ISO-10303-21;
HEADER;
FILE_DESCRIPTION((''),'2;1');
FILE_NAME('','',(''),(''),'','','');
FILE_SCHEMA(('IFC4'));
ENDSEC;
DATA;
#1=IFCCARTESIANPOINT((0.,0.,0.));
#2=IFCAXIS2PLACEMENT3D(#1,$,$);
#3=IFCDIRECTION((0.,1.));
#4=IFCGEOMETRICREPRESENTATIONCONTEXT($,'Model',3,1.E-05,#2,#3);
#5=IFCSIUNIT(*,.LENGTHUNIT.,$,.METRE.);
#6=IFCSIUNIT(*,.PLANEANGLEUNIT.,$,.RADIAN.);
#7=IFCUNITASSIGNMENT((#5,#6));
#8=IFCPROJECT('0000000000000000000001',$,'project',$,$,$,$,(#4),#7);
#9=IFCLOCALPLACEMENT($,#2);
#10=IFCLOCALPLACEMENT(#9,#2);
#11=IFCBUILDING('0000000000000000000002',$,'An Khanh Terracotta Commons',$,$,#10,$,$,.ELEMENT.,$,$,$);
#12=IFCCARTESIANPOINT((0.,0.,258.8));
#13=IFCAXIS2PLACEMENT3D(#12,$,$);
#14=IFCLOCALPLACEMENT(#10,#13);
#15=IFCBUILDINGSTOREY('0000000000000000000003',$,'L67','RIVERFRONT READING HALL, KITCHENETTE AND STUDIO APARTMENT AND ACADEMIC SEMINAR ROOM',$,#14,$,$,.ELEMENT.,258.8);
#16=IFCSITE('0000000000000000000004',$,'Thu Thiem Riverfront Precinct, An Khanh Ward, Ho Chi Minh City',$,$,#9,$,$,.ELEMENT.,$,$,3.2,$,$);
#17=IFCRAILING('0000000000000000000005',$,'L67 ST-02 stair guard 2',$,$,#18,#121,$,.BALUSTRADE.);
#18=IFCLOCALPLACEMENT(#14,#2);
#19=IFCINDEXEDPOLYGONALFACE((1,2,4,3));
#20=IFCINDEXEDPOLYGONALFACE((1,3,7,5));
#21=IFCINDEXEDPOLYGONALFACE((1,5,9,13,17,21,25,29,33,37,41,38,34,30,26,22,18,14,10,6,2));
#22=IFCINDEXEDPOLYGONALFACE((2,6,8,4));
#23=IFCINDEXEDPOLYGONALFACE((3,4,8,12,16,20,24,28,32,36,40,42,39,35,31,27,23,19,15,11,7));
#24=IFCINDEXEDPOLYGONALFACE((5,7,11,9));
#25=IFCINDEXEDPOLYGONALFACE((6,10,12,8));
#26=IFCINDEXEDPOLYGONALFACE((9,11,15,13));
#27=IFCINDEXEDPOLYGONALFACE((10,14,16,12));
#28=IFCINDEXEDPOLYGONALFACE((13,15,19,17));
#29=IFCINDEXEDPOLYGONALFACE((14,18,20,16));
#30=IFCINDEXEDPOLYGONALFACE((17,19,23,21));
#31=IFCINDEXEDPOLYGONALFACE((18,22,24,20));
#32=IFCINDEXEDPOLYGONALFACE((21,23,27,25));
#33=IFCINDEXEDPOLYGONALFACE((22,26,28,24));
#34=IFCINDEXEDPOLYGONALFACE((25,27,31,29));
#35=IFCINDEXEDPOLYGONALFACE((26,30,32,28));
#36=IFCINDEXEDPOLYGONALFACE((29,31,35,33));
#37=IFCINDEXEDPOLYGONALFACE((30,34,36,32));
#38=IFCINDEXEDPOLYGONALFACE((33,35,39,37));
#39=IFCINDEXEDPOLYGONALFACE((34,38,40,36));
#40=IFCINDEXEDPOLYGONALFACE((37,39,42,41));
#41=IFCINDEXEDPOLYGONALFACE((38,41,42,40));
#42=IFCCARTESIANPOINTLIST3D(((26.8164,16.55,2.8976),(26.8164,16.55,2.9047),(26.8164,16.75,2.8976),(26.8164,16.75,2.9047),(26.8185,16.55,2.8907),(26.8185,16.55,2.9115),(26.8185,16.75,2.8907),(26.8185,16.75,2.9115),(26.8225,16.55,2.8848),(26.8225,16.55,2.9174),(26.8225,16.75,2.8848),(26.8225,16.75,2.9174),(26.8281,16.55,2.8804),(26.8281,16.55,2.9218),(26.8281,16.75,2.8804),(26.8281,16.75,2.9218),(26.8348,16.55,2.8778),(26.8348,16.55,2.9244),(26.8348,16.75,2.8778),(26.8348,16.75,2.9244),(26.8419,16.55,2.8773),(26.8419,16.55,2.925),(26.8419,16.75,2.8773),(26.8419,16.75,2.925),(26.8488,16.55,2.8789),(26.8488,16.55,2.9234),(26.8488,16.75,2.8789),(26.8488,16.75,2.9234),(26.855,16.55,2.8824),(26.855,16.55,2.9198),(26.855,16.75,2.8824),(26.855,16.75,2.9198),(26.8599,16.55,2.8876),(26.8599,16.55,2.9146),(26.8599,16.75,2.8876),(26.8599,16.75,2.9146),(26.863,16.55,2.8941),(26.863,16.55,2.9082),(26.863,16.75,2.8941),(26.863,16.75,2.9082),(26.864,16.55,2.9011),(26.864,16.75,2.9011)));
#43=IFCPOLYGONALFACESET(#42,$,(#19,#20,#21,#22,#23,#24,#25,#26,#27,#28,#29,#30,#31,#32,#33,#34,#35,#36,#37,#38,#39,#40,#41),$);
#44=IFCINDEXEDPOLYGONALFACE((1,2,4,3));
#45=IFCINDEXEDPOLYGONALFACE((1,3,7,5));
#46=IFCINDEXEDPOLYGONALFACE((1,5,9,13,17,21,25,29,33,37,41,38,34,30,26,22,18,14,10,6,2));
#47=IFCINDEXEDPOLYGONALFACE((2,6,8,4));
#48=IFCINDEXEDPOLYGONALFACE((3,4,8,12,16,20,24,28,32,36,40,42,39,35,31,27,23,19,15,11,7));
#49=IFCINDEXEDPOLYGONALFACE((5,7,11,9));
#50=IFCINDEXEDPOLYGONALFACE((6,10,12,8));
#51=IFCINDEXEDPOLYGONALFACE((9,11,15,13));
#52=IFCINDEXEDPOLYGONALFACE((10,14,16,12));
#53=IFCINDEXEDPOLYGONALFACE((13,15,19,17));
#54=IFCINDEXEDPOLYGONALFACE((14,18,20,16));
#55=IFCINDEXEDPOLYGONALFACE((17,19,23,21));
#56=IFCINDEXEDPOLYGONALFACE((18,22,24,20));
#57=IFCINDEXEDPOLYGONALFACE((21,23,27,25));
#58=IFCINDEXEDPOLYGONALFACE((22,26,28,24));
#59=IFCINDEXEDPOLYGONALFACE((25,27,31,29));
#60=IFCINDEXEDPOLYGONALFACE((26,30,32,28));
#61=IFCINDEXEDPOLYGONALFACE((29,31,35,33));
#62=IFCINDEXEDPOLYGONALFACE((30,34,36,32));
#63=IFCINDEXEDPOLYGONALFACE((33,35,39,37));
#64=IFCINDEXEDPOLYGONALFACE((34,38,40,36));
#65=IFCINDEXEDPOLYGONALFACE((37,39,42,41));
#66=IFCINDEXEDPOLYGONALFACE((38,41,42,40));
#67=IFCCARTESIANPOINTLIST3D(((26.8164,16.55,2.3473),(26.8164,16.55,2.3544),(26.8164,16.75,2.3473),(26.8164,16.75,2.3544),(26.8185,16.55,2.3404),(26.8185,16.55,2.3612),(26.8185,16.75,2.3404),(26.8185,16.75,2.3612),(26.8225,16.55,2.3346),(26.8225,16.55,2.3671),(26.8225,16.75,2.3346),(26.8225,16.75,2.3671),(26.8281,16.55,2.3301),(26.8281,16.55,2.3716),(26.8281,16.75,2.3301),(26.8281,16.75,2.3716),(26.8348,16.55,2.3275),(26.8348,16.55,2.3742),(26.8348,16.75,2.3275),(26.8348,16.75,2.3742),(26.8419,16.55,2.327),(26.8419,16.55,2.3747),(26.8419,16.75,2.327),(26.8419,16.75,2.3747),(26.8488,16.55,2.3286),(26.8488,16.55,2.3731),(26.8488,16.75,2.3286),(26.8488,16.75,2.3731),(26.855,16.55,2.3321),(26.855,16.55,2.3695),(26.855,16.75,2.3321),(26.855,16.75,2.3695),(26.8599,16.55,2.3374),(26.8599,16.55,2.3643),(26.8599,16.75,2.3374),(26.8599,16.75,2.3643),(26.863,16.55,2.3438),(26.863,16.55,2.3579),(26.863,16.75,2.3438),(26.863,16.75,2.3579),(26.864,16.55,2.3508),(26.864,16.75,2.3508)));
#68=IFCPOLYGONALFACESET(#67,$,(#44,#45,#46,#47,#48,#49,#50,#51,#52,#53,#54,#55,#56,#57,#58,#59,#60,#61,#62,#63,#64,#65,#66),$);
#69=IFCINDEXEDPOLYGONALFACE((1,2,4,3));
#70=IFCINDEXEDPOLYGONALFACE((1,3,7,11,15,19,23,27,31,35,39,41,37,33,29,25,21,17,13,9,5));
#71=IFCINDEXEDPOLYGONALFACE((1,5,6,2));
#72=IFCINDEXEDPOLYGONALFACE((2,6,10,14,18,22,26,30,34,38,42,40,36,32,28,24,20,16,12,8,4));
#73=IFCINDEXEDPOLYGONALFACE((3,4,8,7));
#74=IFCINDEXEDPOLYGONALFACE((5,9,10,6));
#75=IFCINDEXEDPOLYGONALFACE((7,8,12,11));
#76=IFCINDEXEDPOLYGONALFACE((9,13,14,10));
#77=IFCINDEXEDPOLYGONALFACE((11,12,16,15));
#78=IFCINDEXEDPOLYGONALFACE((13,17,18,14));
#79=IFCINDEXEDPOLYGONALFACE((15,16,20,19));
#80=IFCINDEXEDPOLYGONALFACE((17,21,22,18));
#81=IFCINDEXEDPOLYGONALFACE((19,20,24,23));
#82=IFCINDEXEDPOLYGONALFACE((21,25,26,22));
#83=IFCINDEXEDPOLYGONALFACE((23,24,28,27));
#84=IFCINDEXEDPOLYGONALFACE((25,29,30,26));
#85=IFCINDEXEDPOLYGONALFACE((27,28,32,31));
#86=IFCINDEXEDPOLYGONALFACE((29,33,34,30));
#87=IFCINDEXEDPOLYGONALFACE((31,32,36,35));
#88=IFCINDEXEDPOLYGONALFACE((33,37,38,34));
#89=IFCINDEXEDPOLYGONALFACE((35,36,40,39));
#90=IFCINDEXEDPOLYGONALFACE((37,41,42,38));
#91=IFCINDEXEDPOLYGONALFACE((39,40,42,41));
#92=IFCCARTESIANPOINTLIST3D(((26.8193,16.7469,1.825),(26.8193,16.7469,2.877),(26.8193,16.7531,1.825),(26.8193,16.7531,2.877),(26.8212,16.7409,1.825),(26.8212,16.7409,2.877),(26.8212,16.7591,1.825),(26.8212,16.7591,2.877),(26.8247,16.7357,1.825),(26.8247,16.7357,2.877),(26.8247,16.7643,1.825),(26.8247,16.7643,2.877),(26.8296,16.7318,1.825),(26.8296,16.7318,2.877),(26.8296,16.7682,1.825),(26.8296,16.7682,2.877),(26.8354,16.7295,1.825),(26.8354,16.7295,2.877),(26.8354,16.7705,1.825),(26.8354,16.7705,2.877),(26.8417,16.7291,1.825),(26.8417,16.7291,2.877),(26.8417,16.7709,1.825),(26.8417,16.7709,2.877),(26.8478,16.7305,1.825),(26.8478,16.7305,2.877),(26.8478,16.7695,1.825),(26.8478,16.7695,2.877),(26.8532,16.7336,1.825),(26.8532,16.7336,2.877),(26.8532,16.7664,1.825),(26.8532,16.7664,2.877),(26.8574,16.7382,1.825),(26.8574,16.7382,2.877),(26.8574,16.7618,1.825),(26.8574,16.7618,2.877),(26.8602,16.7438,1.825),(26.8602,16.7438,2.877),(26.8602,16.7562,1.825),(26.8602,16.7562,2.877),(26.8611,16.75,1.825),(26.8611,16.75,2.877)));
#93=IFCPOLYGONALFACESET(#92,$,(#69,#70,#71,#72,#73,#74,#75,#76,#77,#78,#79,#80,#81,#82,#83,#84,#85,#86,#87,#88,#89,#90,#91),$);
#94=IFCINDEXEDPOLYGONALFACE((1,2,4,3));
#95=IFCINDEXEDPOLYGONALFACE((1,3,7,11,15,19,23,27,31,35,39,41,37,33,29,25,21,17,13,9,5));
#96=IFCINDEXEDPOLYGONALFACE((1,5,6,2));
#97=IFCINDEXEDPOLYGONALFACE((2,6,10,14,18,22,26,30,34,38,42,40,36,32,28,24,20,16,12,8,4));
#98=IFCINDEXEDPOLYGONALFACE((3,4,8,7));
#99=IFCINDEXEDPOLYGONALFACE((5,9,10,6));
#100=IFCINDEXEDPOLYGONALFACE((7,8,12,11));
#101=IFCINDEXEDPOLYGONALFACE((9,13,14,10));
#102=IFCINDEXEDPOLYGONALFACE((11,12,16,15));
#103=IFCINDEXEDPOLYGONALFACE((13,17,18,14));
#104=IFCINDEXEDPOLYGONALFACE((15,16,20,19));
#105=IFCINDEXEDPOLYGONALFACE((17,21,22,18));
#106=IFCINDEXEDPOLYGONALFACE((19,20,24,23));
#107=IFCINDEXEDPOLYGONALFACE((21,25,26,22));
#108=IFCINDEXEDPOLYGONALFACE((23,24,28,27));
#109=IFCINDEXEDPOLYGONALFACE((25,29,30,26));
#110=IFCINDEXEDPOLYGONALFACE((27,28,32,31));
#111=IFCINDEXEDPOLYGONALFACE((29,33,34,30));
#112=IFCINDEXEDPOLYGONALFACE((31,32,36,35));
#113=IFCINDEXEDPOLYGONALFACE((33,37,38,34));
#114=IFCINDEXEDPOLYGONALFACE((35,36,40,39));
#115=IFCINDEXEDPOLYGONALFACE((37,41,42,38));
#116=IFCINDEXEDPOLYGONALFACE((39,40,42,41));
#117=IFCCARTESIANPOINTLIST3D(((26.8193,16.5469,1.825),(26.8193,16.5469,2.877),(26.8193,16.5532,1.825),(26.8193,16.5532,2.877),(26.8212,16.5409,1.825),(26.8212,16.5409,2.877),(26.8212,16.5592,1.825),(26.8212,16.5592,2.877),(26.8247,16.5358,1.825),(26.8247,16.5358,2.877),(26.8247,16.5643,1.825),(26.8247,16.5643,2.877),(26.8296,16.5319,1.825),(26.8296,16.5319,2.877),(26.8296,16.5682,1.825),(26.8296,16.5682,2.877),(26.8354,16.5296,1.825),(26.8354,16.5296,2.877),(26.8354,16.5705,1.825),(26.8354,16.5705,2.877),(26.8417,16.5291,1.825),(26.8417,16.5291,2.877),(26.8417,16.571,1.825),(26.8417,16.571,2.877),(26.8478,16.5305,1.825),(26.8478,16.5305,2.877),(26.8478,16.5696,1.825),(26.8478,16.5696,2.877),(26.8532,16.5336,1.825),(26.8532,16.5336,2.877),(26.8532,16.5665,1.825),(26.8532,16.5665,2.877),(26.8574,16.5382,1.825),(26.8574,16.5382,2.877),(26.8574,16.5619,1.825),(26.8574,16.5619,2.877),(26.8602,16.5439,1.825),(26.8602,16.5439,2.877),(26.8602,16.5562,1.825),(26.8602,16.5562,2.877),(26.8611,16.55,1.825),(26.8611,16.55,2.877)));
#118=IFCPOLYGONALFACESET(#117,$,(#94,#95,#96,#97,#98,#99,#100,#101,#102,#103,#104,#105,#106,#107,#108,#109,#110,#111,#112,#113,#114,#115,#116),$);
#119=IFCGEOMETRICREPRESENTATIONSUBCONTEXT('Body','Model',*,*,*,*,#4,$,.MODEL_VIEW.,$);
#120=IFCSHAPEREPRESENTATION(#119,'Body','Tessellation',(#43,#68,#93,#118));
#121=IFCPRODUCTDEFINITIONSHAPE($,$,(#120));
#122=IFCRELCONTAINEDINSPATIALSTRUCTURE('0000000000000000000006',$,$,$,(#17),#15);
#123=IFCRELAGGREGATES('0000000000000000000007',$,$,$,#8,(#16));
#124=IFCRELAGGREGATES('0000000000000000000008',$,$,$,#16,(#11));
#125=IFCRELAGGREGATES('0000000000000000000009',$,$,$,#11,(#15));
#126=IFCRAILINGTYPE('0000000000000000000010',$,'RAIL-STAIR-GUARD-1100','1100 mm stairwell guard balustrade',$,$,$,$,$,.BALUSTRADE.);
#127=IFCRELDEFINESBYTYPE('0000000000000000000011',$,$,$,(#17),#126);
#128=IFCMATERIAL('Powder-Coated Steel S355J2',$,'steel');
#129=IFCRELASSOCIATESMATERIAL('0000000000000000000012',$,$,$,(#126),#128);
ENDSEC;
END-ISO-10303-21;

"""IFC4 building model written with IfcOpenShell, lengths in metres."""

from ifc_helpers import new_model, si_unit, direction, frame, origin, origin_2d, place, context, subcontext, project, spatial, circle, extrude, material, type_object, element, save


model = new_model("IFC4")

# Units and contexts
model_context = context("Model", 3, precision=1e-05, world=origin(), true_north=direction((0.0, 1.0)))
body_context = subcontext(model_context, "Body", "Model", "MODEL_VIEW")
ifc_project = project(units=[si_unit("LENGTHUNIT", "METRE"), si_unit("PLANEANGLEUNIT", "RADIAN")], contexts=[model_context])

# Site, building, storey
site_placement = place(None, origin())
site = spatial("IfcSite", under=ifc_project, at=site_placement, Name="Thu Thiem Riverfront Precinct, An Khanh Ward, Ho Chi Minh City", CompositionType="ELEMENT", RefElevation=3.2)
building_placement = place(site_placement, origin())
building = spatial("IfcBuilding", under=site, at=building_placement, Name="An Khanh Terracotta Commons", CompositionType="ELEMENT")
storey_placement = place(building_placement, frame((0.0, 0.0, 258.8)))
storey = spatial("IfcBuildingStorey", under=building, at=storey_placement, Name="L67", Description="RIVERFRONT READING HALL, KITCHENETTE AND STUDIO APARTMENT AND ACADEMIC SEMINAR ROOM", CompositionType="ELEMENT", Elevation=258.8)

# Railing
ifc_material_1 = material(Name="Powder-Coated Steel S355J2", Category="steel")
railing_type_1 = type_object("IfcRailingType", Name="RAIL-STAIR-GUARD-1100", Description="1100 mm stairwell guard balustrade", PredefinedType="BALUSTRADE", material=ifc_material_1)
railing_1_placement = place(storey_placement, frame((26.8401, 16.75, 1.825)))
element("IfcRailing", 1, at=railing_1_placement, inside=storey, type_object=railing_type_1, Name="L67 ST-02 stair guard 2", PredefinedType="BALUSTRADE", context=body_context, shape_type="SweptSolid", body=[
    extrude(circle(Radius=0.0239, at=origin_2d()), frame((0.0, 0.0, 1.0762), z_axis=(0.0, -1.0, 0.0), x_axis=(1.0, 0.0, 0.0)), (0.0, 0.0, 1.0), 0.2),
    extrude(circle(Radius=0.0239, at=origin_2d()), frame((0.0, 0.0, 0.5259), z_axis=(0.0, -1.0, 0.0), x_axis=(1.0, 0.0, 0.0)), (0.0, 0.0, 1.0), 0.2),
    extrude(circle(Radius=0.021, at=origin_2d()), origin(), (0.0, 0.0, 1.0), 1.052),
    extrude(circle(Radius=0.021, at=origin_2d()), frame((0.0, -0.2, 0.0)), (0.0, 0.0, 1.0), 1.052),
])

save(model, "model.ifc")
